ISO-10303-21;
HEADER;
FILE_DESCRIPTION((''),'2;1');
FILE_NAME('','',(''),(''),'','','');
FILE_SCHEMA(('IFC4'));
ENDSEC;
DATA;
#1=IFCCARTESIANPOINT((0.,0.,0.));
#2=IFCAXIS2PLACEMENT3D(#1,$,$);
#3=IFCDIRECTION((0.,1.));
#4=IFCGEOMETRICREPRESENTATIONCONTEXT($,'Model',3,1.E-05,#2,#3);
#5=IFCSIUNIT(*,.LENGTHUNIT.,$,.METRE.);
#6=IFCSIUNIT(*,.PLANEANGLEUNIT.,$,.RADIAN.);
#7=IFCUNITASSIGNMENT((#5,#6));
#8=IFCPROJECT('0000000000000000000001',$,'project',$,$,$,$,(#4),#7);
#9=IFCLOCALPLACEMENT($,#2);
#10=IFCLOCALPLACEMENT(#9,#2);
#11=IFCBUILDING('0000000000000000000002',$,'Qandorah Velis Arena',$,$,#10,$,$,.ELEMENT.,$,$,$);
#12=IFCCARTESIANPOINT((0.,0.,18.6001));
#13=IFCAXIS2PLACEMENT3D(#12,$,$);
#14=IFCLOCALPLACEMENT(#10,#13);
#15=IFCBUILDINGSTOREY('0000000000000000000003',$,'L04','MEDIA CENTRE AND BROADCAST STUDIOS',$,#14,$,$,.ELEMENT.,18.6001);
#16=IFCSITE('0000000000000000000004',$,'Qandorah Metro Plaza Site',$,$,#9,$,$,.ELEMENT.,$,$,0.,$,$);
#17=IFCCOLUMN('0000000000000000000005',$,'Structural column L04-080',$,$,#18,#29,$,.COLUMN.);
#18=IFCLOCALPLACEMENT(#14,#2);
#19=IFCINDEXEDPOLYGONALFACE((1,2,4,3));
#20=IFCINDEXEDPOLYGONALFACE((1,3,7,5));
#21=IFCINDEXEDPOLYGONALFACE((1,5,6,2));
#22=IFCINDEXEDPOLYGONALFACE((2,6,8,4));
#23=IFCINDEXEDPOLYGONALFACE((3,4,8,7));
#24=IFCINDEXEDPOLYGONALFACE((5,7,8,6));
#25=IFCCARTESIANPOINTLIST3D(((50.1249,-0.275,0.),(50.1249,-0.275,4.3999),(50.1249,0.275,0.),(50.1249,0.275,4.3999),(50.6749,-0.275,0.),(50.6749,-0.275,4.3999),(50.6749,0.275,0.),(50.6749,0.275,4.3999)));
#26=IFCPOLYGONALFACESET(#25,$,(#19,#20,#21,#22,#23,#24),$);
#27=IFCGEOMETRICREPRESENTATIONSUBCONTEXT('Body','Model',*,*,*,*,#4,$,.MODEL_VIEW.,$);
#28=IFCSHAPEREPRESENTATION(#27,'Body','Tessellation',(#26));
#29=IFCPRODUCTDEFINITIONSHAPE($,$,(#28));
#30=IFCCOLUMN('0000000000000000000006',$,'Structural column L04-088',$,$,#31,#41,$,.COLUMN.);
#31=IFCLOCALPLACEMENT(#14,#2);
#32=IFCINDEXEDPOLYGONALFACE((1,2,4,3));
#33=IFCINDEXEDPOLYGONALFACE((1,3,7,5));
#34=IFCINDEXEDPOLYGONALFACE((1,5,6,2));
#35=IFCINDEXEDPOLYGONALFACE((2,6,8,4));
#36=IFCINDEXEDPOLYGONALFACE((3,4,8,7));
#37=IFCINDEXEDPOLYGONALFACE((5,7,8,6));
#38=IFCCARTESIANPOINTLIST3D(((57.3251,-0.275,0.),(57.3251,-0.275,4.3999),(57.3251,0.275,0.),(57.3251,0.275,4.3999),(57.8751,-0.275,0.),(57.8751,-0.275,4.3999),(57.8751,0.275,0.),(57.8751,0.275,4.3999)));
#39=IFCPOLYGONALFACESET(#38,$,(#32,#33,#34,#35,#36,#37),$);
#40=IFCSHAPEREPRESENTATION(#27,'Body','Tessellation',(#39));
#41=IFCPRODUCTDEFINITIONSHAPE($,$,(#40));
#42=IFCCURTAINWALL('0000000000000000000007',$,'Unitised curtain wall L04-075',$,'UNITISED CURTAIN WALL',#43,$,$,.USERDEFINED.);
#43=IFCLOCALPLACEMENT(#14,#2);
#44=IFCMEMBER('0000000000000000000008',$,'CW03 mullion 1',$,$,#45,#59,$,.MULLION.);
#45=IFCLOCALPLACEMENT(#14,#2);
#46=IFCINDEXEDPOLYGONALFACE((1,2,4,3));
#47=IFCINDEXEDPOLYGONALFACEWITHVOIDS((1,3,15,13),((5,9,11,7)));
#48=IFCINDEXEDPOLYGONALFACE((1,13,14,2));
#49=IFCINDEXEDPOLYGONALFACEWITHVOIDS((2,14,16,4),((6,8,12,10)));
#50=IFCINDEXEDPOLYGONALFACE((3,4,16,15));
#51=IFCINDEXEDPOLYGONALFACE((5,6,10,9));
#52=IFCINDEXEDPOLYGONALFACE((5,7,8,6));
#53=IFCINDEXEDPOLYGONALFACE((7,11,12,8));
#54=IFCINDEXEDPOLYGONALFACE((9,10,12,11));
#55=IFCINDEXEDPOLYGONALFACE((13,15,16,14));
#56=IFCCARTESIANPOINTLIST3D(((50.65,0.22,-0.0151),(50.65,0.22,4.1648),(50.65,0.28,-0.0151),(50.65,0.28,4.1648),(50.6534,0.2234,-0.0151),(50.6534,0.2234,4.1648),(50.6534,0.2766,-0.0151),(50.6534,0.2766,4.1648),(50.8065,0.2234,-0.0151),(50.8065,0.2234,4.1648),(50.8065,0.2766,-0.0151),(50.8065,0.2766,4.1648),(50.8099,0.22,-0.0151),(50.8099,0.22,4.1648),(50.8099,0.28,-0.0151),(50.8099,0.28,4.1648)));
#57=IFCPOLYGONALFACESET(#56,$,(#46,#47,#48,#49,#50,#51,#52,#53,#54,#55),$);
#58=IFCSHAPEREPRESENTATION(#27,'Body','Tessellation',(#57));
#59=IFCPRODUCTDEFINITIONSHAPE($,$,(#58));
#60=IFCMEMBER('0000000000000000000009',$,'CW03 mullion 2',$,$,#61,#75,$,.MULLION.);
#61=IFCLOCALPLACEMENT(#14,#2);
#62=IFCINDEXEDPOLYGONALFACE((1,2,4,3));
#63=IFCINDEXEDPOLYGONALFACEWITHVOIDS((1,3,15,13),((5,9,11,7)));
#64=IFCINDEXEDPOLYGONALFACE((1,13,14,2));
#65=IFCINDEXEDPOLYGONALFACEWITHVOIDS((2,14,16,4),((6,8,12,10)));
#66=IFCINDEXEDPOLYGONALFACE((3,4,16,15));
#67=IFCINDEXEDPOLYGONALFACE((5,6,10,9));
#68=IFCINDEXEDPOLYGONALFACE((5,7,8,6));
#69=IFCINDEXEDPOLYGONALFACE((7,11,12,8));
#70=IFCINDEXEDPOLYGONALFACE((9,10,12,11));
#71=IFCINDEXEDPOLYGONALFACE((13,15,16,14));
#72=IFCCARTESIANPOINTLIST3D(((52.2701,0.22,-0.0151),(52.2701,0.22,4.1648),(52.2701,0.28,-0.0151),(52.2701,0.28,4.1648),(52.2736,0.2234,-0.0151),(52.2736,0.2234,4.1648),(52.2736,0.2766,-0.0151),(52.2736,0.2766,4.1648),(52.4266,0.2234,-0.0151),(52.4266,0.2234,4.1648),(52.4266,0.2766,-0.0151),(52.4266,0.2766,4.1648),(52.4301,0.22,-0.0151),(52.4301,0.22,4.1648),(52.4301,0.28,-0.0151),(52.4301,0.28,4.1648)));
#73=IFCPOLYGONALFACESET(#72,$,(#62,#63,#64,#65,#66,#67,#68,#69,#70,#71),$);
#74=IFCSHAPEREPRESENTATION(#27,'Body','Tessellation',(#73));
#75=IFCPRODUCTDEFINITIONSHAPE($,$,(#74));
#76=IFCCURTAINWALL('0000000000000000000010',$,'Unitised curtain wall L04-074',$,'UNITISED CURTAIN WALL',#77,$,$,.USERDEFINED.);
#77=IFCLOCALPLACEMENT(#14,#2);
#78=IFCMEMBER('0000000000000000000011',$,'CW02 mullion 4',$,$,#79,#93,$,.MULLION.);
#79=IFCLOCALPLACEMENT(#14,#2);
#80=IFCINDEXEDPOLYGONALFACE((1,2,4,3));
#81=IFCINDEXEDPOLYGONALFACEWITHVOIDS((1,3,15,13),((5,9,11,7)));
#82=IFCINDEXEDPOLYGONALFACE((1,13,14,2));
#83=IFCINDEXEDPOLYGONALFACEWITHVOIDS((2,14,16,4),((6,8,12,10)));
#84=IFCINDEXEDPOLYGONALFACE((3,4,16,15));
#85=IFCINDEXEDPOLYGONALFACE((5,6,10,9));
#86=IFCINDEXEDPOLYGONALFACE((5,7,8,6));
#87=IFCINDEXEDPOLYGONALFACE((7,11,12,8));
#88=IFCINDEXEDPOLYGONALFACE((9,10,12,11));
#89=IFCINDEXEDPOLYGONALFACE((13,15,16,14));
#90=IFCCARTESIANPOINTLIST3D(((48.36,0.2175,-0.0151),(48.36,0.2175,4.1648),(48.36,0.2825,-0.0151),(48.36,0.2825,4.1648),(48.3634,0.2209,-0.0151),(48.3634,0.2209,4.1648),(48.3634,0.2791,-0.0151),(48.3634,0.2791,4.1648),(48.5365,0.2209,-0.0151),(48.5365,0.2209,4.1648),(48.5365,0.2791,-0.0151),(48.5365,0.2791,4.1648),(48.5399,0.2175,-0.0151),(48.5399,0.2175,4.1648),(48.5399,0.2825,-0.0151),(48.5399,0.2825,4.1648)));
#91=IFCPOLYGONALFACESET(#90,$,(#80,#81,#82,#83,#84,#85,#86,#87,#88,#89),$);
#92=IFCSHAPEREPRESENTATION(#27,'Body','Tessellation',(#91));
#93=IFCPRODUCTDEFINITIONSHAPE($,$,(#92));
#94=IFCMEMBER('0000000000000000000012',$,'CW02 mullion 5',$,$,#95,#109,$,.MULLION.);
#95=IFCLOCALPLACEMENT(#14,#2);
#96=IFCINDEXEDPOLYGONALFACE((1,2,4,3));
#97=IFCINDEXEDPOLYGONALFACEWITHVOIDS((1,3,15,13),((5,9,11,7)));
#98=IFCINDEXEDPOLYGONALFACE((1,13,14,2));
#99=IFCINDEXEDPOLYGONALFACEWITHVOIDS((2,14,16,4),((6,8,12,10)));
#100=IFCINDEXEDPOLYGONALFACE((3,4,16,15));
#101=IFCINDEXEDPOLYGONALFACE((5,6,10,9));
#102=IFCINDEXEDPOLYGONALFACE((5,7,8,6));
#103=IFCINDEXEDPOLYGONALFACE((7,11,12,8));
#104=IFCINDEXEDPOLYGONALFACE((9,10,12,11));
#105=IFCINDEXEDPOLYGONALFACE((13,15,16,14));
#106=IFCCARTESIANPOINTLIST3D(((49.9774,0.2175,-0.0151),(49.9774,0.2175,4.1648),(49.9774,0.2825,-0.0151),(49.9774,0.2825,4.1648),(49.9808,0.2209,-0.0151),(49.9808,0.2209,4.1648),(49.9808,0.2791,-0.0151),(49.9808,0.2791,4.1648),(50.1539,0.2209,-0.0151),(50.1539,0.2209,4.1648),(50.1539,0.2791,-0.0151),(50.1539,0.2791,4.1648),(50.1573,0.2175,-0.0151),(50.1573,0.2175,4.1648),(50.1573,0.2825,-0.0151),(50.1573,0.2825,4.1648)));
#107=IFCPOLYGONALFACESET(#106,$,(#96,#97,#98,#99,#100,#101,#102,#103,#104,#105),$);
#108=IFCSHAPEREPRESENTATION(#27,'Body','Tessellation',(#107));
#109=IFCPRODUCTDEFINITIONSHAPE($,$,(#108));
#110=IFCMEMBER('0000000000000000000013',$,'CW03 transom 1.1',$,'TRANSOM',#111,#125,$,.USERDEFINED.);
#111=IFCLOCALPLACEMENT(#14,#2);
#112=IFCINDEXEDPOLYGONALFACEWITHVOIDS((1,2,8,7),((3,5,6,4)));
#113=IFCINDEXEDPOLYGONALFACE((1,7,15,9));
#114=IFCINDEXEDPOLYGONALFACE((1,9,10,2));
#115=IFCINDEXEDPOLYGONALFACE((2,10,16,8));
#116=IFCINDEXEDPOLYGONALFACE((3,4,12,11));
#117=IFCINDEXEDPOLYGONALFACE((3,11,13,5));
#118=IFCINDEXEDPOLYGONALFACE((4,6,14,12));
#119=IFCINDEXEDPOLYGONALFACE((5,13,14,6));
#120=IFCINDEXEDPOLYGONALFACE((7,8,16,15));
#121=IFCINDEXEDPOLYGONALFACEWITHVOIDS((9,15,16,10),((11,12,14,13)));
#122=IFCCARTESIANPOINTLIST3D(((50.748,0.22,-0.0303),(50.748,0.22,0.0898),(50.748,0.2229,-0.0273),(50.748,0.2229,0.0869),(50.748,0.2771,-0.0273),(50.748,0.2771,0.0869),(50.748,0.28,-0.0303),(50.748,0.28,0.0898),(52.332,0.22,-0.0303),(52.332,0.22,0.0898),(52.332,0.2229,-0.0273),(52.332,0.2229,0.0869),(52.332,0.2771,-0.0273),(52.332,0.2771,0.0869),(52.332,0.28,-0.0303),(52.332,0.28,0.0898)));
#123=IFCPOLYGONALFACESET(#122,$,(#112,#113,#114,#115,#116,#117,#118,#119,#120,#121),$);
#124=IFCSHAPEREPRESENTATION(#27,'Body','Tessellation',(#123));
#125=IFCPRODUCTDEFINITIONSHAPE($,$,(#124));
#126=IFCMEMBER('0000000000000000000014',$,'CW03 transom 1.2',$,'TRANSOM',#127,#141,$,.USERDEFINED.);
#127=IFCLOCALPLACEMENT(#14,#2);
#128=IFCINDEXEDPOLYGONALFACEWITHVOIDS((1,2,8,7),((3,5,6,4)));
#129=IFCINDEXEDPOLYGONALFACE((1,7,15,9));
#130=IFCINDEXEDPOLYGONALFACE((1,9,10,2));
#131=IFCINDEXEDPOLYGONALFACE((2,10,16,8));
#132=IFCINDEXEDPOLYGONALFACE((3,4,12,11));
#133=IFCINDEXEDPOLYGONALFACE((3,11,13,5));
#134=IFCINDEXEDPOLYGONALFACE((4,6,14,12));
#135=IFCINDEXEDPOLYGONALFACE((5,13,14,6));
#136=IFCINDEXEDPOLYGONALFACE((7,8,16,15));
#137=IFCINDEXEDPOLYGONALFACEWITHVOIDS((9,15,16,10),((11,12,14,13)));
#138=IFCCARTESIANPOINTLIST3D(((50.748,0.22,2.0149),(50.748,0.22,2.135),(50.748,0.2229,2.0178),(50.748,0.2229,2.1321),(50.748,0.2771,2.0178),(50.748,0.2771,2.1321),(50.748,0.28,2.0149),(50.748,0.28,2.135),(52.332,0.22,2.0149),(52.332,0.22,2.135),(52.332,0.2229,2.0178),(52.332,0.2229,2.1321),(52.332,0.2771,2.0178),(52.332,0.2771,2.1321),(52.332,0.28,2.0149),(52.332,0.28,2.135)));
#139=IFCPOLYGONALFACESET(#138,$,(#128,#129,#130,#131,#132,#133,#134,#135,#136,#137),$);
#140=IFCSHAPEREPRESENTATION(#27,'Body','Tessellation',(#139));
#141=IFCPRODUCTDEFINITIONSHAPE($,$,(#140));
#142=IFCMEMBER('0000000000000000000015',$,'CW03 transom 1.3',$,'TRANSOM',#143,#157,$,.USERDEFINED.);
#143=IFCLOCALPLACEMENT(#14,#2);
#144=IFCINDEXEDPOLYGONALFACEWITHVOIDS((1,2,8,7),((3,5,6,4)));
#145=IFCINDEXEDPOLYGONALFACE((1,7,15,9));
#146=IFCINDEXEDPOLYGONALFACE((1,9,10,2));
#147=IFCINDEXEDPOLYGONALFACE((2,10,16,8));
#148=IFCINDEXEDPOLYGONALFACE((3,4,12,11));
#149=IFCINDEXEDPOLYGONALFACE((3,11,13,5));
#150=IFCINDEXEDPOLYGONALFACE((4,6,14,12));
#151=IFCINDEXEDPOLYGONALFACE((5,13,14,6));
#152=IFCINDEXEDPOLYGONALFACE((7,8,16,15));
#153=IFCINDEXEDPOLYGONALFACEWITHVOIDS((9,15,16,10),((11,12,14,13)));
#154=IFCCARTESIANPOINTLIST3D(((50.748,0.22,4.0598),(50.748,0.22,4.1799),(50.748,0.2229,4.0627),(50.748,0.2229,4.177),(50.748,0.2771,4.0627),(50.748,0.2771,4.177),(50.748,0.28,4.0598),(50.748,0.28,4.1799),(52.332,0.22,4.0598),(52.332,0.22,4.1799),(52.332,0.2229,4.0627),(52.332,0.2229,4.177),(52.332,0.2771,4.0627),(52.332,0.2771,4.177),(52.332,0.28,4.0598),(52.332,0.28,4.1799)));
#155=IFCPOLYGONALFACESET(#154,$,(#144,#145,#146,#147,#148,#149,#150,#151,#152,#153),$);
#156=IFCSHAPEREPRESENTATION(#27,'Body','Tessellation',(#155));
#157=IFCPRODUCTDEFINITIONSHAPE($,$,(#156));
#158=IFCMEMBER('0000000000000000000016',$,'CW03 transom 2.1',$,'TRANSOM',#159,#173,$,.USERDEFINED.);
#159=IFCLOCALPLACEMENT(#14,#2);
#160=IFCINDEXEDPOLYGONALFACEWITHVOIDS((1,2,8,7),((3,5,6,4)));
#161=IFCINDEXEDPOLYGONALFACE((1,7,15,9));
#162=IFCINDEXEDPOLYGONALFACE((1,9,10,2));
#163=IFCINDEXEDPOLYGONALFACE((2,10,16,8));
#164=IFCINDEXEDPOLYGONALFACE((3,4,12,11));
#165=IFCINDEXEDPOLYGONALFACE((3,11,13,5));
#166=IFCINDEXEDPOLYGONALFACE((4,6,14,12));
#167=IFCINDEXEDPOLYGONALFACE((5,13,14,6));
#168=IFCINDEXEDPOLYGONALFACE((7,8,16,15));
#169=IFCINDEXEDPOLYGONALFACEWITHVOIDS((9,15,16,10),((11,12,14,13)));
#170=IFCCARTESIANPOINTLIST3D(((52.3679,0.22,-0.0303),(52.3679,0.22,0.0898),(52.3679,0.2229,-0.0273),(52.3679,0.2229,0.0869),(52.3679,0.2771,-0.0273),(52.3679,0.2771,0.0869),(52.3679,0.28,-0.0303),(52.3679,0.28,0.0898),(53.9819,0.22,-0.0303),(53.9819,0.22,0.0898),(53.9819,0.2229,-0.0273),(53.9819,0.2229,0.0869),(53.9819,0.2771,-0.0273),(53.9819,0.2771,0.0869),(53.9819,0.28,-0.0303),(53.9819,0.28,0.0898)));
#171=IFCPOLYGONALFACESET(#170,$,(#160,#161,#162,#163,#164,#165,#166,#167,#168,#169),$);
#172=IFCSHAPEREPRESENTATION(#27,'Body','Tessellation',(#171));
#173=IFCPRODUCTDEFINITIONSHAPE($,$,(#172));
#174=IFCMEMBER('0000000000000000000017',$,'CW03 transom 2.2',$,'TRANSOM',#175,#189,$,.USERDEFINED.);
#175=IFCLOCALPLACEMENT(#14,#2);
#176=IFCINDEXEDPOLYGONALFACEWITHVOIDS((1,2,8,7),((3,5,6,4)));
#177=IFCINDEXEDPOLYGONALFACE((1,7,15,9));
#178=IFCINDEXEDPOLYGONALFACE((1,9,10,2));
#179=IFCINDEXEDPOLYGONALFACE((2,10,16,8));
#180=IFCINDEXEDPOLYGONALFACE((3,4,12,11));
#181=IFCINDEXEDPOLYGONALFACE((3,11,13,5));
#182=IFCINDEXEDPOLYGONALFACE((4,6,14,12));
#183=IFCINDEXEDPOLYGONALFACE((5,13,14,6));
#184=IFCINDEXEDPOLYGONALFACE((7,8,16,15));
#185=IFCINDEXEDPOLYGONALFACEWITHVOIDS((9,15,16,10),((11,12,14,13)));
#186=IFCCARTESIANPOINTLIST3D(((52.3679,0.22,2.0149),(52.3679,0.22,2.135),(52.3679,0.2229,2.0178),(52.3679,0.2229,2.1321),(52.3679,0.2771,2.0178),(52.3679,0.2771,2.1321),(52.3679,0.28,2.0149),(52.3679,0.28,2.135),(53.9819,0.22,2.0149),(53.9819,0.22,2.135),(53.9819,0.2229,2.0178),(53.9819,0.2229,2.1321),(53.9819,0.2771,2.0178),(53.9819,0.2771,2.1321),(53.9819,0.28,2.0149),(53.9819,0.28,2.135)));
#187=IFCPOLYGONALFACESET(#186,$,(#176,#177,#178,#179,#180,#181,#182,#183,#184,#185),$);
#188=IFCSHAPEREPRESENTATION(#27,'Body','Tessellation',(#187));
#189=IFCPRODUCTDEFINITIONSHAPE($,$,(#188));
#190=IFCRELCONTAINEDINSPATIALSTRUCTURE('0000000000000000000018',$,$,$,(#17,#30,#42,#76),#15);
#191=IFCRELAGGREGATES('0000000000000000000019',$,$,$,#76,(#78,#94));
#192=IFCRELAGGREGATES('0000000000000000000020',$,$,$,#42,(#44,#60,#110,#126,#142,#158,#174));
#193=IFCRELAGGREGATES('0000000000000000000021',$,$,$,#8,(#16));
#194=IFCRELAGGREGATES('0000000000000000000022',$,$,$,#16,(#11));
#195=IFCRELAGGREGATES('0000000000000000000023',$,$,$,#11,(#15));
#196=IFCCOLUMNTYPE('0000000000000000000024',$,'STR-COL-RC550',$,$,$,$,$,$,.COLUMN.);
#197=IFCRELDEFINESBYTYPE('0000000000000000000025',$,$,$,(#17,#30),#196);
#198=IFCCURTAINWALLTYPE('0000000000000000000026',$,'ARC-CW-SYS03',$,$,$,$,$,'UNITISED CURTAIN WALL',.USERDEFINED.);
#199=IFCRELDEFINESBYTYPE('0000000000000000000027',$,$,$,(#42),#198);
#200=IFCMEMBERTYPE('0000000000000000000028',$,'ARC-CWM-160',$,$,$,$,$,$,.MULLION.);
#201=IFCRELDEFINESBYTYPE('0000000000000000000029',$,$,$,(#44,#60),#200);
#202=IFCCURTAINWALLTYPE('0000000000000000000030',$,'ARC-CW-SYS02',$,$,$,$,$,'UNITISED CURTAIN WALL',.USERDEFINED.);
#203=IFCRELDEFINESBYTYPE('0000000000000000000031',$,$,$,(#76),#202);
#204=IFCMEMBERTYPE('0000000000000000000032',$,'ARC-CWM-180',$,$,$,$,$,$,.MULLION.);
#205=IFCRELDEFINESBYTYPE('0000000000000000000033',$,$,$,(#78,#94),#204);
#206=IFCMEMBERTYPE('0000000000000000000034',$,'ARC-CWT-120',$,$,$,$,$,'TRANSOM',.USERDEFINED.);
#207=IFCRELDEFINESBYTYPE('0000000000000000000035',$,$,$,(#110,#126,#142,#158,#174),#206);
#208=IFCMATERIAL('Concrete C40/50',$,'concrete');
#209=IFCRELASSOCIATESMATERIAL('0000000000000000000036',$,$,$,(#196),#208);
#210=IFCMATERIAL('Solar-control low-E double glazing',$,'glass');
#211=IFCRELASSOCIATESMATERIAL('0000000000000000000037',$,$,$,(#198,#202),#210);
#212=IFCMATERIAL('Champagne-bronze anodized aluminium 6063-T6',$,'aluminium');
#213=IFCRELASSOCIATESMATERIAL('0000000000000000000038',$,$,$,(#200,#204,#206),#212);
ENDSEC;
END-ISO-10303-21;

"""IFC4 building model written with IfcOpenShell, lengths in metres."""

from ifc_helpers import new_model, si_unit, direction, frame, origin, origin_2d, place, context, subcontext, project, spatial, rectangle, hollow_rectangle, extrude, material, material_profile, profile_set, type_object, element, aggregate, save


model = new_model("IFC4")

# Units and contexts
model_context = context("Model", 3, precision=1e-05, world=origin(), true_north=direction((0.0, 1.0)))
body_context = subcontext(model_context, "Body", "Model", "MODEL_VIEW")
ifc_project = project(units=[si_unit("LENGTHUNIT", "METRE"), si_unit("PLANEANGLEUNIT", "RADIAN")], contexts=[model_context])

# Site, building, storey
site_placement = place(None, origin())
site = spatial("IfcSite", under=ifc_project, at=site_placement, Name="Qandorah Metro Plaza Site", CompositionType="ELEMENT", RefElevation=0.0)
building_placement = place(site_placement, origin())
building = spatial("IfcBuilding", under=site, at=building_placement, Name="Qandorah Velis Arena", CompositionType="ELEMENT")
storey_placement = place(building_placement, frame((0.0, 0.0, 18.6001)))
storey = spatial("IfcBuildingStorey", under=building, at=storey_placement, Name="L04", Description="MEDIA CENTRE AND BROADCAST STUDIOS", CompositionType="ELEMENT", Elevation=18.6001)

# Columns
ifc_material_1 = material(Name="Concrete C40/50", Category="concrete")
ifc_material_profile_1 = material_profile(ifc_material_1, rectangle(XDim=0.55, YDim=0.55, at=origin_2d()), Name="RC COL 550x550")
ifc_profile_set_1 = profile_set([ifc_material_profile_1], Name="Concrete C40/50")
column_type = type_object("IfcColumnType", Name="STR-COL-RC550", PredefinedType="COLUMN", material=ifc_profile_set_1)
for number, where, z_axis, x_axis, name in (
    (1, (50.3999, 0.0, 0.0), (0.0, 0.0, 1.0), (1.0, 0.0, 0.0), "Structural column L04-080"),
    (2, (57.6001, 0.0, 0.0), (0.0, 0.0, 1.0), (1.0, 0.0, 0.0), "Structural column L04-088"),
):
    element("IfcColumn", number, at=place(storey_placement, frame(where, z_axis=z_axis, x_axis=x_axis)), inside=storey, type_object=column_type, Name=name, PredefinedType="COLUMN", context=body_context, shape_type="SweptSolid", body=[
        extrude(rectangle(XDim=0.55, YDim=0.55, at=origin_2d()), origin(), (0.0, 0.0, 1.0), 4.3999),
    ])

# Curtain walls, members
ifc_material_2 = material(Name="Solar-control low-E double glazing", Category="glass")
curtain_wall_type_1 = type_object("IfcCurtainWallType", Name="ARC-CW-SYS03", ElementType="UNITISED CURTAIN WALL", PredefinedType="USERDEFINED", material=ifc_material_2)
curtain_wall_1_placement = place(storey_placement, origin())
curtain_wall_1 = element("IfcCurtainWall", 3, at=curtain_wall_1_placement, inside=storey, type_object=curtain_wall_type_1, Name="Unitised curtain wall L04-075", ObjectType="UNITISED CURTAIN WALL", PredefinedType="USERDEFINED")
ifc_material_3 = material(Name="Champagne-bronze anodized aluminium 6063-T6", Category="aluminium")
ifc_material_profile_2 = material_profile(ifc_material_3, hollow_rectangle(XDim=0.0601, YDim=0.1599, WallThickness=0.0034, at=origin_2d()), Name="ALU MULLION 60x160")
ifc_profile_set_2 = profile_set([ifc_material_profile_2], Name="Champagne-bronze anodized aluminium 6063-T6")
member_type_1 = type_object("IfcMemberType", Name="ARC-CWM-160", PredefinedType="MULLION", material=ifc_profile_set_2)
member_1_placement = place(storey_placement, frame((50.73, 0.25, -0.0151), z_axis=(0.0, 0.0, 1.0), x_axis=(0.0, 1.0, 0.0)))
member_1 = element("IfcMember", 4, at=member_1_placement, type_object=member_type_1, Name="CW03 mullion 1", PredefinedType="MULLION", context=body_context, shape_type="SweptSolid", body=[
    extrude(hollow_rectangle(XDim=0.0601, YDim=0.1599, WallThickness=0.0034, at=origin_2d()), origin(), (0.0, 0.0, 1.0), 4.1799),
])
member_2_placement = place(storey_placement, frame((52.3501, 0.25, -0.0151), z_axis=(0.0, 0.0, 1.0), x_axis=(0.0, 1.0, 0.0)))
member_2 = element("IfcMember", 5, at=member_2_placement, type_object=member_type_1, Name="CW03 mullion 2", PredefinedType="MULLION", context=body_context, shape_type="SweptSolid", body=[
    extrude(hollow_rectangle(XDim=0.0601, YDim=0.1599, WallThickness=0.0034, at=origin_2d()), origin(), (0.0, 0.0, 1.0), 4.1799),
])
curtain_wall_type_2 = type_object("IfcCurtainWallType", Name="ARC-CW-SYS02", ElementType="UNITISED CURTAIN WALL", PredefinedType="USERDEFINED", material=ifc_material_2)
curtain_wall_2_placement = place(storey_placement, origin())
curtain_wall_2 = element("IfcCurtainWall", 6, at=curtain_wall_2_placement, inside=storey, type_object=curtain_wall_type_2, Name="Unitised curtain wall L04-074", ObjectType="UNITISED CURTAIN WALL", PredefinedType="USERDEFINED")
ifc_material_profile_3 = material_profile(ifc_material_3, hollow_rectangle(XDim=0.0649, YDim=0.1799, WallThickness=0.0034, at=origin_2d()), Name="ALU MULLION 65x180")
ifc_profile_set_3 = profile_set([ifc_material_profile_3], Name="Champagne-bronze anodized aluminium 6063-T6")
member_type_2 = type_object("IfcMemberType", Name="ARC-CWM-180", PredefinedType="MULLION", material=ifc_profile_set_3)
member_3_placement = place(storey_placement, frame((48.45, 0.25, -0.0151), z_axis=(0.0, 0.0, 1.0), x_axis=(0.0, 1.0, 0.0)))
member_3 = element("IfcMember", 7, at=member_3_placement, type_object=member_type_2, Name="CW02 mullion 4", PredefinedType="MULLION", context=body_context, shape_type="SweptSolid", body=[
    extrude(hollow_rectangle(XDim=0.0649, YDim=0.1799, WallThickness=0.0034, at=origin_2d()), origin(), (0.0, 0.0, 1.0), 4.1799),
])
member_4_placement = place(storey_placement, frame((50.0674, 0.25, -0.0151), z_axis=(0.0, 0.0, 1.0), x_axis=(0.0, 1.0, 0.0)))
member_4 = element("IfcMember", 8, at=member_4_placement, type_object=member_type_2, Name="CW02 mullion 5", PredefinedType="MULLION", context=body_context, shape_type="SweptSolid", body=[
    extrude(hollow_rectangle(XDim=0.0649, YDim=0.1799, WallThickness=0.0034, at=origin_2d()), origin(), (0.0, 0.0, 1.0), 4.1799),
])

# Members
ifc_material_profile_4 = material_profile(ifc_material_3, hollow_rectangle(XDim=0.0601, YDim=0.1201, WallThickness=0.0029, at=origin_2d()), Name="ALU TRANSOM 60x120")
ifc_profile_set_4 = profile_set([ifc_material_profile_4], Name="Champagne-bronze anodized aluminium 6063-T6")
member_type_3 = type_object("IfcMemberType", Name="ARC-CWT-120", ElementType="TRANSOM", PredefinedType="USERDEFINED", material=ifc_profile_set_4)
member_5_placement = place(storey_placement, frame((50.748, 0.25, 0.0298), z_axis=(1.0, 0.0, 0.0), x_axis=(0.0, 1.0, 0.0)))
member_5 = element("IfcMember", 9, at=member_5_placement, type_object=member_type_3, Name="CW03 transom 1.1", ObjectType="TRANSOM", PredefinedType="USERDEFINED", context=body_context, shape_type="SweptSolid", body=[
    extrude(hollow_rectangle(XDim=0.0601, YDim=0.1201, WallThickness=0.0029, at=origin_2d()), origin(), (0.0, 0.0, 1.0), 1.584),
])
member_6_placement = place(storey_placement, frame((50.748, 0.25, 2.075), z_axis=(1.0, 0.0, 0.0), x_axis=(0.0, 1.0, 0.0)))
member_6 = element("IfcMember", 10, at=member_6_placement, type_object=member_type_3, Name="CW03 transom 1.2", ObjectType="TRANSOM", PredefinedType="USERDEFINED", context=body_context, shape_type="SweptSolid", body=[
    extrude(hollow_rectangle(XDim=0.0601, YDim=0.1201, WallThickness=0.0029, at=origin_2d()), origin(), (0.0, 0.0, 1.0), 1.584),
])
member_7_placement = place(storey_placement, frame((50.748, 0.25, 4.1199), z_axis=(1.0, 0.0, 0.0), x_axis=(0.0, 1.0, 0.0)))
member_7 = element("IfcMember", 11, at=member_7_placement, type_object=member_type_3, Name="CW03 transom 1.3", ObjectType="TRANSOM", PredefinedType="USERDEFINED", context=body_context, shape_type="SweptSolid", body=[
    extrude(hollow_rectangle(XDim=0.0601, YDim=0.1201, WallThickness=0.0029, at=origin_2d()), origin(), (0.0, 0.0, 1.0), 1.584),
])
member_8_placement = place(storey_placement, frame((52.3679, 0.25, 0.0298), z_axis=(1.0, 0.0, 0.0), x_axis=(0.0, 1.0, 0.0)))
member_8 = element("IfcMember", 12, at=member_8_placement, type_object=member_type_3, Name="CW03 transom 2.1", ObjectType="TRANSOM", PredefinedType="USERDEFINED", context=body_context, shape_type="SweptSolid", body=[
    extrude(hollow_rectangle(XDim=0.0601, YDim=0.1201, WallThickness=0.0029, at=origin_2d()), origin(), (0.0, 0.0, 1.0), 1.614),
])
member_9_placement = place(storey_placement, frame((52.3679, 0.25, 2.075), z_axis=(1.0, 0.0, 0.0), x_axis=(0.0, 1.0, 0.0)))
member_9 = element("IfcMember", 13, at=member_9_placement, type_object=member_type_3, Name="CW03 transom 2.2", ObjectType="TRANSOM", PredefinedType="USERDEFINED", context=body_context, shape_type="SweptSolid", body=[
    extrude(hollow_rectangle(XDim=0.0601, YDim=0.1201, WallThickness=0.0029, at=origin_2d()), origin(), (0.0, 0.0, 1.0), 1.614),
])

aggregate(curtain_wall_2, [member_3, member_4])
aggregate(curtain_wall_1, [member_1, member_2, member_5, member_6, member_7, member_8, member_9])

save(model, "model.ifc")
